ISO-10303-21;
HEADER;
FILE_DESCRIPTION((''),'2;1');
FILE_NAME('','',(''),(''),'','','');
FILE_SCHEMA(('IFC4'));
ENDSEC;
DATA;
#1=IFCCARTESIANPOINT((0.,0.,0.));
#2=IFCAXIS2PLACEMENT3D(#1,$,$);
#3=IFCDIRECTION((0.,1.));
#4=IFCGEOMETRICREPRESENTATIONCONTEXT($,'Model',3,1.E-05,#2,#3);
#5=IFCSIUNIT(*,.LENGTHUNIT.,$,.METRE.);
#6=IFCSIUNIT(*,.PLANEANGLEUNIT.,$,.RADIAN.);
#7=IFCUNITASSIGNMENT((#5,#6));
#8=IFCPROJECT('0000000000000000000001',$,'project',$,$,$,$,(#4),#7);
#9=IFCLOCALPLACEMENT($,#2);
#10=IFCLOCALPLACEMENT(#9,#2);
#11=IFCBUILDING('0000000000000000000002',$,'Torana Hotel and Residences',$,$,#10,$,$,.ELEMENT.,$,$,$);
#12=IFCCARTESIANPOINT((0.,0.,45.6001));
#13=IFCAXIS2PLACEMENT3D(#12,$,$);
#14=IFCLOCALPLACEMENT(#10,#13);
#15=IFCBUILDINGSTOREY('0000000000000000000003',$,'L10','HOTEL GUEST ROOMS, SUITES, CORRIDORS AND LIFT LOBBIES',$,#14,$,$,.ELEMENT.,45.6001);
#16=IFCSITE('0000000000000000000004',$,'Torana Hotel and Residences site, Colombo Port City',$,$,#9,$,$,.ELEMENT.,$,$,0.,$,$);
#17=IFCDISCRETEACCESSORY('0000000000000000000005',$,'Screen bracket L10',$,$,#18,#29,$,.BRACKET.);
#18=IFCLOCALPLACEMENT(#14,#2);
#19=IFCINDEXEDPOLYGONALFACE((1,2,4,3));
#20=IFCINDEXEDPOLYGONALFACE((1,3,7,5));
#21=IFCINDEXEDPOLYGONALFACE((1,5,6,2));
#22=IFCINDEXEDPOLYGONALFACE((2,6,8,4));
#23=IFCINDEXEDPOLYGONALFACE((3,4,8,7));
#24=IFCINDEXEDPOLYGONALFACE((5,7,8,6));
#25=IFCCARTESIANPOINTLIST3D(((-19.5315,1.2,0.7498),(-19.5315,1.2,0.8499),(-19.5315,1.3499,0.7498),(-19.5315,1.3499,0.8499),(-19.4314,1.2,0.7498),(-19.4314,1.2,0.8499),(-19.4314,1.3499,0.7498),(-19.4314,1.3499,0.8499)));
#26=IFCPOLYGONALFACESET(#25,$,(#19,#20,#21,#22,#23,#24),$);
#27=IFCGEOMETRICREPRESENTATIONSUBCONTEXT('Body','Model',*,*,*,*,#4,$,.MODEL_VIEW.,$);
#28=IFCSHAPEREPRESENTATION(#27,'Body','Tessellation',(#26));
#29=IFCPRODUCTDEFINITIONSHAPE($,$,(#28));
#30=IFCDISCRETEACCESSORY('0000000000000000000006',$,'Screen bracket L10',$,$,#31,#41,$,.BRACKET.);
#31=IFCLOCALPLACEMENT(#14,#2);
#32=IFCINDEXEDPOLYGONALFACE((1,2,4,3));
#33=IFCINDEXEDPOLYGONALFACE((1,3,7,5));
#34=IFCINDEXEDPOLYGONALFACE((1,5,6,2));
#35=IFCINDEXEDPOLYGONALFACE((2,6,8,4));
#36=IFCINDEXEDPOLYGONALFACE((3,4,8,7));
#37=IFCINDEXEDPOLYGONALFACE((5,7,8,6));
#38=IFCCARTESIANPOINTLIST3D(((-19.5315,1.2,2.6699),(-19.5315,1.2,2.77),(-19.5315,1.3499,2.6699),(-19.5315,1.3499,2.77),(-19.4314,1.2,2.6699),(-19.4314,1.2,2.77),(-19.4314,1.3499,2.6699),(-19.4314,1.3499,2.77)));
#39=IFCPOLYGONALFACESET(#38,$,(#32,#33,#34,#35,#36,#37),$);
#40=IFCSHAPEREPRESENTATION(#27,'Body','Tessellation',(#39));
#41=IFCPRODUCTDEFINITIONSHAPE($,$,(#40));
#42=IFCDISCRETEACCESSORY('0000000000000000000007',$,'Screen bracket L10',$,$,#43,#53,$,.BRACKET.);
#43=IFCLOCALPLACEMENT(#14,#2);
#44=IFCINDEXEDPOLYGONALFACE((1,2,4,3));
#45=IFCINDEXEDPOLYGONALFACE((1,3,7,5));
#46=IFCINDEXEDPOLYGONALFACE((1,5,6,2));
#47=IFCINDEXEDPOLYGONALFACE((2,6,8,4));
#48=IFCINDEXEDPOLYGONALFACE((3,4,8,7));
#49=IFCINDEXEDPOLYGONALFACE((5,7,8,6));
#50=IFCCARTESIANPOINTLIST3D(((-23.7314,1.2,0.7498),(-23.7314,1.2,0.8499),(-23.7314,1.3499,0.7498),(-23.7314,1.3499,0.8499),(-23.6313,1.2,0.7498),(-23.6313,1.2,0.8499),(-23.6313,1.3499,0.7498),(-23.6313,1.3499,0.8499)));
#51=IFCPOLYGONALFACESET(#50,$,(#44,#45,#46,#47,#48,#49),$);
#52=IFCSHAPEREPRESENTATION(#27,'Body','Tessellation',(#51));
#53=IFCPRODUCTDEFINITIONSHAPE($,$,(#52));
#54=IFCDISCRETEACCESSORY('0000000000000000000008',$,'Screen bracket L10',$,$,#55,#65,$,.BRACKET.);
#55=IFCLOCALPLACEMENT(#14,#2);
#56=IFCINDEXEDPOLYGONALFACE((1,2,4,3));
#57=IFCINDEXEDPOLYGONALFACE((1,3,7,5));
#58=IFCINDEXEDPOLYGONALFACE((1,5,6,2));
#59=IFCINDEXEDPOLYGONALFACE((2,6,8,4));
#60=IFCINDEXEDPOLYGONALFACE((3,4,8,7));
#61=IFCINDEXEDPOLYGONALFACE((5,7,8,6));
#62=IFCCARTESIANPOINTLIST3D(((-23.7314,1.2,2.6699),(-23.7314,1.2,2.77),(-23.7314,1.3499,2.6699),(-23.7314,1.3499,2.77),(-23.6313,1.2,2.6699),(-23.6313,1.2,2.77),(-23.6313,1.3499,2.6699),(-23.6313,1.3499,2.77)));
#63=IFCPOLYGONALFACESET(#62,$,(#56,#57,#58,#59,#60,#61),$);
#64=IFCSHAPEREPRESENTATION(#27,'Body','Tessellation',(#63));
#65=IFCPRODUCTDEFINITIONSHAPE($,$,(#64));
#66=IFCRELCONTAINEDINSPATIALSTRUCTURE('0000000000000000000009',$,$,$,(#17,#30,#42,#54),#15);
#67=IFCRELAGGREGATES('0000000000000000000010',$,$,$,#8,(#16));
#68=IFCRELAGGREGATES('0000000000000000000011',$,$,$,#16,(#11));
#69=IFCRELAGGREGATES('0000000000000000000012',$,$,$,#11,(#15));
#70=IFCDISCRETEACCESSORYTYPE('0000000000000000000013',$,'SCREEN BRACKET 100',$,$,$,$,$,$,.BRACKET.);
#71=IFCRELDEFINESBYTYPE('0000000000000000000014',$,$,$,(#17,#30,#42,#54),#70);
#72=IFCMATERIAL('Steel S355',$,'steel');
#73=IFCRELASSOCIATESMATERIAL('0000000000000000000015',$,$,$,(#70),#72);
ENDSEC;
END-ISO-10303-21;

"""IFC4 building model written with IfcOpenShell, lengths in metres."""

from ifc_helpers import new_model, si_unit, direction, frame, origin, origin_2d, place, context, subcontext, project, spatial, rectangle, extrude, material, type_object, element, save


model = new_model("IFC4")

# Units and contexts
model_context = context("Model", 3, precision=1e-05, world=origin(), true_north=direction((0.0, 1.0)))
body_context = subcontext(model_context, "Body", "Model", "MODEL_VIEW")
ifc_project = project(units=[si_unit("LENGTHUNIT", "METRE"), si_unit("PLANEANGLEUNIT", "RADIAN")], contexts=[model_context])

# Site, building, storey
site_placement = place(None, origin())
site = spatial("IfcSite", under=ifc_project, at=site_placement, Name="Torana Hotel and Residences site, Colombo Port City", CompositionType="ELEMENT", RefElevation=0.0)
building_placement = place(site_placement, origin())
building = spatial("IfcBuilding", under=site, at=building_placement, Name="Torana Hotel and Residences", CompositionType="ELEMENT")
storey_placement = place(building_placement, frame((0.0, 0.0, 45.6001)))
storey = spatial("IfcBuildingStorey", under=building, at=storey_placement, Name="L10", Description="HOTEL GUEST ROOMS, SUITES, CORRIDORS AND LIFT LOBBIES", CompositionType="ELEMENT", Elevation=45.6001)

# Discrete accessories
ifc_material_1 = material(Name="Steel S355", Category="steel")
discrete_accessory_type = type_object("IfcDiscreteAccessoryType", Name="SCREEN BRACKET 100", PredefinedType="BRACKET", material=ifc_material_1)
for number, where, z_axis, x_axis, name in (
    (1, (-19.4814, 1.2749, 0.7498), (0.0, 0.0, 1.0), (-1.0, 0.0, 0.0), "Screen bracket L10"),
    (2, (-19.4814, 1.2749, 2.6699), (0.0, 0.0, 1.0), (-1.0, 0.0, 0.0), "Screen bracket L10"),
    (3, (-23.6814, 1.2749, 0.7498), (0.0, 0.0, 1.0), (-1.0, 0.0, 0.0), "Screen bracket L10"),
    (4, (-23.6814, 1.2749, 2.6699), (0.0, 0.0, 1.0), (-1.0, 0.0, 0.0), "Screen bracket L10"),
):
    element("IfcDiscreteAccessory", number, at=place(storey_placement, frame(where, z_axis=z_axis, x_axis=x_axis)), inside=storey, type_object=discrete_accessory_type, Name=name, PredefinedType="BRACKET", context=body_context, shape_type="SweptSolid", body=[
        extrude(rectangle(XDim=0.1001, YDim=0.1499, at=origin_2d()), origin(), (0.0, 0.0, 1.0), 0.1001),
    ])

save(model, "model.ifc")
